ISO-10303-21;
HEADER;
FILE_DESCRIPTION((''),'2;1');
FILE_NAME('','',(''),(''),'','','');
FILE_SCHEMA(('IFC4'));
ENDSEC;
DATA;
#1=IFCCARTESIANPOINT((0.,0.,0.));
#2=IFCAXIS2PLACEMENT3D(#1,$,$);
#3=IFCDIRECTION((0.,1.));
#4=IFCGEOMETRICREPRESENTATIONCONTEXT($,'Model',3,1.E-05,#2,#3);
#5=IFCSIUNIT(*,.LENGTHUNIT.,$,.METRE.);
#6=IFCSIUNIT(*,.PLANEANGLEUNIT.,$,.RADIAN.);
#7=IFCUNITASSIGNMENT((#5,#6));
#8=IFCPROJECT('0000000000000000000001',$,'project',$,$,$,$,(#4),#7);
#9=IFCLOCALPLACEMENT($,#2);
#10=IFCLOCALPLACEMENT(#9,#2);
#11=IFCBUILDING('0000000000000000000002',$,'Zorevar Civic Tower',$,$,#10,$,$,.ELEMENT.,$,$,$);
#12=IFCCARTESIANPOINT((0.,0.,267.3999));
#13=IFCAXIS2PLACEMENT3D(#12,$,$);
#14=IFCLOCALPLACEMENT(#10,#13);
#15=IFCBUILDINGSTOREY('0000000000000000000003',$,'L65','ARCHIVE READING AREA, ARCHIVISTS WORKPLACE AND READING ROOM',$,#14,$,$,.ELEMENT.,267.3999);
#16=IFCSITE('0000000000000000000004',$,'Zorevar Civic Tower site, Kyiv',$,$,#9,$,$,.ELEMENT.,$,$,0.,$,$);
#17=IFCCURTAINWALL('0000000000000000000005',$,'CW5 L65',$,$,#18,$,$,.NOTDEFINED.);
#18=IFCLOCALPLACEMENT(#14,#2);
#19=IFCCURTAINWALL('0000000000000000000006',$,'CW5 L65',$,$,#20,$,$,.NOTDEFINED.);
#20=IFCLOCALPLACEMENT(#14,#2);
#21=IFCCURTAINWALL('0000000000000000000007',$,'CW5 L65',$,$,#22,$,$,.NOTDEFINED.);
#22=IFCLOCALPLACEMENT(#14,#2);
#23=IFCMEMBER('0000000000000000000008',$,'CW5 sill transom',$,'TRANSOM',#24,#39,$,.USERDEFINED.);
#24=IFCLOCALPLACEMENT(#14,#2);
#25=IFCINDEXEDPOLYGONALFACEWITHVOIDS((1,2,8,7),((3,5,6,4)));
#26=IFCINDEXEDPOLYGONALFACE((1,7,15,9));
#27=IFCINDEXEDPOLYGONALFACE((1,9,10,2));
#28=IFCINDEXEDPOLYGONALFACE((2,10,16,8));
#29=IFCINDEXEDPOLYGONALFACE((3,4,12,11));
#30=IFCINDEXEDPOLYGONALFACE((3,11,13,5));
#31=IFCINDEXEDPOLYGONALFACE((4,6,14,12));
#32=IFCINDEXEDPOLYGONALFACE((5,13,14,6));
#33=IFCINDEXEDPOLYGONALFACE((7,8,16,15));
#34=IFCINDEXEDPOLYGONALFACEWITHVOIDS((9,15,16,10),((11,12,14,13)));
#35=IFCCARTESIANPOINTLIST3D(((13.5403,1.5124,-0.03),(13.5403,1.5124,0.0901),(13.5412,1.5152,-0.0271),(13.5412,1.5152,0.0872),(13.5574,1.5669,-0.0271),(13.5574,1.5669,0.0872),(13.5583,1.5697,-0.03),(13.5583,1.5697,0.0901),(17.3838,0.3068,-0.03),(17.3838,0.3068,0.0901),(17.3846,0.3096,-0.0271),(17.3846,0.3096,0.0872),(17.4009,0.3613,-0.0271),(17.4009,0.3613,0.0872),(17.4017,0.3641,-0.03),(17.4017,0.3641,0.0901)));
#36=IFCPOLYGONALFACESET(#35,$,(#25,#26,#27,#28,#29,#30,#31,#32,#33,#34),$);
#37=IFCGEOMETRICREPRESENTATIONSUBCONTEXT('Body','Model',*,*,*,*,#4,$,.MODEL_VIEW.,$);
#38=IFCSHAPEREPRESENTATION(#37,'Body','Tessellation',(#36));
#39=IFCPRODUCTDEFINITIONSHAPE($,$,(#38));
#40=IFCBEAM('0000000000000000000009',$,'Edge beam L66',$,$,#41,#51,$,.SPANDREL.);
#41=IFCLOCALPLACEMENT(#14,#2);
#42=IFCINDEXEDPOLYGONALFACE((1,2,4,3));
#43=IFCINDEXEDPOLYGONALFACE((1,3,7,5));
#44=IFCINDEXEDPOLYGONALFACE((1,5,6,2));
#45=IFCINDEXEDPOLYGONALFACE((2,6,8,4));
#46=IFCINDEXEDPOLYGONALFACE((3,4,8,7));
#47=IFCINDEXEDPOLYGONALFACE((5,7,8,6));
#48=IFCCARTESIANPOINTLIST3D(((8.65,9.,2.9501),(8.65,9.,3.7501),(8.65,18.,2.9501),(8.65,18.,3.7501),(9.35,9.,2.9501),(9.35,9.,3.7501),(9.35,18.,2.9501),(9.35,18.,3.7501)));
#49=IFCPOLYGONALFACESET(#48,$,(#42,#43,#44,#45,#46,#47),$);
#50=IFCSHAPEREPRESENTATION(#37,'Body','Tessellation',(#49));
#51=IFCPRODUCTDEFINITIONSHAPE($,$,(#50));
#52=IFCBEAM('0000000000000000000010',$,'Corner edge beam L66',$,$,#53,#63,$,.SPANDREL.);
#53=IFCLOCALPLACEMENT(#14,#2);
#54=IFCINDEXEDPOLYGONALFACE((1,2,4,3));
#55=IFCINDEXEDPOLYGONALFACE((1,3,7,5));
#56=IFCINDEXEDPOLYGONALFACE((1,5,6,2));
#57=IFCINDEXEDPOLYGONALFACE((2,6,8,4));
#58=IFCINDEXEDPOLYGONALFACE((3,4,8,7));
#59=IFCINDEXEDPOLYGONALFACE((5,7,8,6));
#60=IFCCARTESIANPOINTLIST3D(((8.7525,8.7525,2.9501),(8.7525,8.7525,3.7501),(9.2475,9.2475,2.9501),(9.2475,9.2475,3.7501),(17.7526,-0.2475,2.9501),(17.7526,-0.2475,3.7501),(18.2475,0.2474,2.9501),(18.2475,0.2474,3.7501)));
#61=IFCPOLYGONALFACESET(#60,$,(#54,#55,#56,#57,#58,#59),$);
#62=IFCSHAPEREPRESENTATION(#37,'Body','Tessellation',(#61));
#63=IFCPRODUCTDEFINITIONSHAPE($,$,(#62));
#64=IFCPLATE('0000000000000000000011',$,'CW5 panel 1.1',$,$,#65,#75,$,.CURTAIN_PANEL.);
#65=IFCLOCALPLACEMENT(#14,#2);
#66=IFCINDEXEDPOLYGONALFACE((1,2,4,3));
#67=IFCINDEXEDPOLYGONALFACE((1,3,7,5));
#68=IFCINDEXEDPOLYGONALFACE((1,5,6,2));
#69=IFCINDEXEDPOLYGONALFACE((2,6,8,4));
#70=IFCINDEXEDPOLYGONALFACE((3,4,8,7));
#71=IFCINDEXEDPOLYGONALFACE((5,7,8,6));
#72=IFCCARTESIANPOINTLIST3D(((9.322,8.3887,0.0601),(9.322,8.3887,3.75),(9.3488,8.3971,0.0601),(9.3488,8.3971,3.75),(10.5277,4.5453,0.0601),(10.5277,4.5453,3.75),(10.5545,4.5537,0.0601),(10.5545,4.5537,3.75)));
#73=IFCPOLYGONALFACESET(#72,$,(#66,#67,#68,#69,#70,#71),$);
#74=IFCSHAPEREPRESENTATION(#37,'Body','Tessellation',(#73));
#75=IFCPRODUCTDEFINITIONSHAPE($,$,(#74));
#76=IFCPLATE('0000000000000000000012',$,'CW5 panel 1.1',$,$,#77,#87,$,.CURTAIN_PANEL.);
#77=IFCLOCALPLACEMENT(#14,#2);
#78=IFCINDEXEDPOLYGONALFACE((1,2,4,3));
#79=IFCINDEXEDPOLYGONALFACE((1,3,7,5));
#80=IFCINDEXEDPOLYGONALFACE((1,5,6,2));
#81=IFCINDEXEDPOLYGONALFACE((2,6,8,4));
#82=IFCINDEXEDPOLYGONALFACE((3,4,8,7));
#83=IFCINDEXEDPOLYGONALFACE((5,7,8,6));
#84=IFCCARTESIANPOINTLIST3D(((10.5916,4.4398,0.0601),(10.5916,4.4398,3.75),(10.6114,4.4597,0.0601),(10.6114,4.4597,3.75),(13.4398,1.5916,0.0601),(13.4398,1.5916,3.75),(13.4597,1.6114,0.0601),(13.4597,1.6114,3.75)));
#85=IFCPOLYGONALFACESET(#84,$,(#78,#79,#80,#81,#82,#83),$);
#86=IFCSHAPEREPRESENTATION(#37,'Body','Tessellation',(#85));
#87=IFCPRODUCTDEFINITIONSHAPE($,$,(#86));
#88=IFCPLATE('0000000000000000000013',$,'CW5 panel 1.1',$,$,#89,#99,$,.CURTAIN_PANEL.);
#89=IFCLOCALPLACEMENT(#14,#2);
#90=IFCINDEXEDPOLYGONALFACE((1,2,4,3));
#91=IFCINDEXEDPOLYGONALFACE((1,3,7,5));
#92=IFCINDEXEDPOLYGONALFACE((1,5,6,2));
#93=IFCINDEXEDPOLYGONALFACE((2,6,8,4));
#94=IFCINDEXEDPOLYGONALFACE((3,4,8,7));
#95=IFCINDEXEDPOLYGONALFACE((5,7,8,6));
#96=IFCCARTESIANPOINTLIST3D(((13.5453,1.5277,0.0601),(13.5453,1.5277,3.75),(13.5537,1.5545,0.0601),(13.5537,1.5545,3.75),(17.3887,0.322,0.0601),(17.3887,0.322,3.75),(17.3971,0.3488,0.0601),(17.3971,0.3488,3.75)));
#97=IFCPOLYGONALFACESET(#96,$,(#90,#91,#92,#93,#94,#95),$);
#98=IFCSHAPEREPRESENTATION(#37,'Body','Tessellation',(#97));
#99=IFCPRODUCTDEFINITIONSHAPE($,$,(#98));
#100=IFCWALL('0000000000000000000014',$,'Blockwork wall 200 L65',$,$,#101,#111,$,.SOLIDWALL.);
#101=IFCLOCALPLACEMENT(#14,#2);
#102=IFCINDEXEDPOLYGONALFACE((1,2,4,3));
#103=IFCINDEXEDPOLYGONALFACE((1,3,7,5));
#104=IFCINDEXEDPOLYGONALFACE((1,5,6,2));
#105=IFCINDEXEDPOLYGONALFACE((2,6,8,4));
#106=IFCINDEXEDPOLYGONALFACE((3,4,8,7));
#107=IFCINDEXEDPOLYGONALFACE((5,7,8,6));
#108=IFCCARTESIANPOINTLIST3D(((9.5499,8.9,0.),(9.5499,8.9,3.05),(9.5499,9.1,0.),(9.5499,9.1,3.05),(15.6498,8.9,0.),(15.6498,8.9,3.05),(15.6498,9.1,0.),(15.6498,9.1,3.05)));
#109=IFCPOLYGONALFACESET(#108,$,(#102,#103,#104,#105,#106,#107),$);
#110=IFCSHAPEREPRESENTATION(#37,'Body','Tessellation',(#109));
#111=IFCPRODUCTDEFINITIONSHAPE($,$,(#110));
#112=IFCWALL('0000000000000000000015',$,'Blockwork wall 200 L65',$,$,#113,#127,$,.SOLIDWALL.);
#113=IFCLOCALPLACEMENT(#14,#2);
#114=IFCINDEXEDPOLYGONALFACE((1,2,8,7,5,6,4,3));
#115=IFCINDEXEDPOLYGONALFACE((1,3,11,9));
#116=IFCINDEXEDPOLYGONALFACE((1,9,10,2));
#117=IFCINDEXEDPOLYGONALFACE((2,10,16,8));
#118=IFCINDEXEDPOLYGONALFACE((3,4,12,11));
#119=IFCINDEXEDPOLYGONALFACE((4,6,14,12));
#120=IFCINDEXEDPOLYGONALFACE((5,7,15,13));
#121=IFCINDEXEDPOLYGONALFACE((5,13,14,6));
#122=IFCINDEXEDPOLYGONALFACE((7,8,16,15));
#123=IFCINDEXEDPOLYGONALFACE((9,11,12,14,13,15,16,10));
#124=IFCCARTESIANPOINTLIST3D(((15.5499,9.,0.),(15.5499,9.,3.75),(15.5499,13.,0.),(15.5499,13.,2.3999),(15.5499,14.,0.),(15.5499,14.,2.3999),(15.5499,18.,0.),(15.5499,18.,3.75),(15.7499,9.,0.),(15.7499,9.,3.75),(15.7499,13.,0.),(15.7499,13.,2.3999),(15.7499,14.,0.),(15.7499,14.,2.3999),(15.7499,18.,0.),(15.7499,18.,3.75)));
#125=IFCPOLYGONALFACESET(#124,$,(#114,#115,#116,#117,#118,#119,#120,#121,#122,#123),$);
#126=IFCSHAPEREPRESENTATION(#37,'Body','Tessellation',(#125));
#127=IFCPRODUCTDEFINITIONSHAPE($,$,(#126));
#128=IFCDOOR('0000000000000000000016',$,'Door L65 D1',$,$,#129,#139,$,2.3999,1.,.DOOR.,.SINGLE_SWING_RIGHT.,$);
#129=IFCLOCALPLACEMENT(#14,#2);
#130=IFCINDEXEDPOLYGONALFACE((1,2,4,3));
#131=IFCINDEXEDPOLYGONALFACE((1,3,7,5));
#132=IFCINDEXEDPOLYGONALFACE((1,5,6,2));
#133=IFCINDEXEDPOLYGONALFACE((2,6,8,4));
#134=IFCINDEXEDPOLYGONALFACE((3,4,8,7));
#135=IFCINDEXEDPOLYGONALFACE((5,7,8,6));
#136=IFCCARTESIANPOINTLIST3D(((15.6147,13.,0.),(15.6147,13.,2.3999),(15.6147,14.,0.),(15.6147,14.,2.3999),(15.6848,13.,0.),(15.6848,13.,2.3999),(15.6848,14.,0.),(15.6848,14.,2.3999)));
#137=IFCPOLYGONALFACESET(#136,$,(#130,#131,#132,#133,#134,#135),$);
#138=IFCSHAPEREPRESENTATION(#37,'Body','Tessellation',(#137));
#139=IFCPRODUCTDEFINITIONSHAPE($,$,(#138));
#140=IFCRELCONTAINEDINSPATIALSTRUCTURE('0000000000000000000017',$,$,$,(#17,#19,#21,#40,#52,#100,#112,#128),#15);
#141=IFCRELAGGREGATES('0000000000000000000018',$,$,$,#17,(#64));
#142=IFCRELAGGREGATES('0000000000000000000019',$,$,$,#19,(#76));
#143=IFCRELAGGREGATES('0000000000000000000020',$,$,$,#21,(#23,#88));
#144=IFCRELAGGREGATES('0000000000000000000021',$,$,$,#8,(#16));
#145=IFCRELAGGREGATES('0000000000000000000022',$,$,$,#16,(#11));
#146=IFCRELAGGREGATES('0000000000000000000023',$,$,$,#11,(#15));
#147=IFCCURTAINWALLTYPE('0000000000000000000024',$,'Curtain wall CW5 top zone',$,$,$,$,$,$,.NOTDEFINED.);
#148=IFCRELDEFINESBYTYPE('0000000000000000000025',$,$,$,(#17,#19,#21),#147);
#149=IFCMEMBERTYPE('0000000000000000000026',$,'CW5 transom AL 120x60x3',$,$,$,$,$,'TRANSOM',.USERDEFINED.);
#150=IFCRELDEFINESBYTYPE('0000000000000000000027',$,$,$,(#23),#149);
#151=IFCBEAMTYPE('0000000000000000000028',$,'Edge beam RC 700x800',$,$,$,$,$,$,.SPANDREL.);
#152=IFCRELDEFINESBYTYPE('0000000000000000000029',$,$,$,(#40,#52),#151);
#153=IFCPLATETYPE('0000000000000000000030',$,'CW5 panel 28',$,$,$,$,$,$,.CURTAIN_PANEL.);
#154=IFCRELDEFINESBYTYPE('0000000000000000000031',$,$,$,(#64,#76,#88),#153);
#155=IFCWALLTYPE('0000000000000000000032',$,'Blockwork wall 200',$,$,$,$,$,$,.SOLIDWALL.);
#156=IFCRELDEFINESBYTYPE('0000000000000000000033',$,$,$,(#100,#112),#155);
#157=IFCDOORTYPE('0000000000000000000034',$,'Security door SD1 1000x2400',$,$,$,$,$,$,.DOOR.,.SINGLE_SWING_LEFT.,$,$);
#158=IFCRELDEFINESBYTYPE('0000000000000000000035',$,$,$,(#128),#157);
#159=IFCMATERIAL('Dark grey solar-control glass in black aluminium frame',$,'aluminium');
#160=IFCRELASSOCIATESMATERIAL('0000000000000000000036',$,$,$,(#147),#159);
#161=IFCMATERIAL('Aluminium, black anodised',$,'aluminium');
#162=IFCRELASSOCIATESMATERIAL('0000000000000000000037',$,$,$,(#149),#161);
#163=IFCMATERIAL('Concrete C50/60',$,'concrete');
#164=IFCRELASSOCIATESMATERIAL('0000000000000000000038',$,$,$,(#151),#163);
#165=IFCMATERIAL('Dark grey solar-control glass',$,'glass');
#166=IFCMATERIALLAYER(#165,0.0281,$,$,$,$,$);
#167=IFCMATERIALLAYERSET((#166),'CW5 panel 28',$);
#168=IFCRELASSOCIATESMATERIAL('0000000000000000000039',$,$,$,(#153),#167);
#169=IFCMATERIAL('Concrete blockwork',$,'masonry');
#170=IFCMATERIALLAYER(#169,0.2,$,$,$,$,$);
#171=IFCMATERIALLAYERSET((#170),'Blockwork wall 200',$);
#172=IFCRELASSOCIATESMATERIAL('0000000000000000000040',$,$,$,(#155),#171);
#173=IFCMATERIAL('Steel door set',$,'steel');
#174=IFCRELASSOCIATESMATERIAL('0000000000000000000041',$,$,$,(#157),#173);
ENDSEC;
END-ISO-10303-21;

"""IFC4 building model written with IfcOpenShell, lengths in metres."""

from ifc_helpers import new_model, si_unit, direction, frame, frame_2d, origin, origin_2d, place, context, subcontext, project, spatial, rectangle, hollow_rectangle, extrude, material, layer, layer_set, material_profile, profile_set, type_object, element, fill, aggregate, save


model = new_model("IFC4")

# Units and contexts
model_context = context("Model", 3, precision=1e-05, world=origin(), true_north=direction((0.0, 1.0)))
body_context = subcontext(model_context, "Body", "Model", "MODEL_VIEW")
ifc_project = project(units=[si_unit("LENGTHUNIT", "METRE"), si_unit("PLANEANGLEUNIT", "RADIAN")], contexts=[model_context])

# Site, building, storey
site_placement = place(None, origin())
site = spatial("IfcSite", under=ifc_project, at=site_placement, Name="Zorevar Civic Tower site, Kyiv", CompositionType="ELEMENT", RefElevation=0.0)
building_placement = place(site_placement, origin())
building = spatial("IfcBuilding", under=site, at=building_placement, Name="Zorevar Civic Tower", CompositionType="ELEMENT")
storey_placement = place(building_placement, frame((0.0, 0.0, 267.3999)))
storey = spatial("IfcBuildingStorey", under=building, at=storey_placement, Name="L65", Description="ARCHIVE READING AREA, ARCHIVISTS WORKPLACE AND READING ROOM", CompositionType="ELEMENT", Elevation=267.3999)

# Shared definitions
ifc_material_1 = material(Name="Dark grey solar-control glass in black aluminium frame", Category="aluminium")
curtain_wall_type = type_object("IfcCurtainWallType", Name="Curtain wall CW5 top zone", PredefinedType="NOTDEFINED", material=ifc_material_1)

# Curtain walls
curtain_wall_1_placement = place(storey_placement, origin())
curtain_wall_1 = element("IfcCurtainWall", 1, at=curtain_wall_1_placement, inside=storey, type_object=curtain_wall_type, Name="CW5 L65", PredefinedType="NOTDEFINED")
curtain_wall_2_placement = place(storey_placement, origin())
curtain_wall_2 = element("IfcCurtainWall", 2, at=curtain_wall_2_placement, inside=storey, type_object=curtain_wall_type, Name="CW5 L65", PredefinedType="NOTDEFINED")
curtain_wall_3_placement = place(storey_placement, origin())
curtain_wall_3 = element("IfcCurtainWall", 3, at=curtain_wall_3_placement, inside=storey, type_object=curtain_wall_type, Name="CW5 L65", PredefinedType="NOTDEFINED")

# Member
ifc_material_2 = material(Name="Aluminium, black anodised", Category="aluminium")
ifc_material_profile_1 = material_profile(ifc_material_2, hollow_rectangle(XDim=0.0601, YDim=0.1201, WallThickness=0.0029, at=origin_2d()), Name="AL 120x60x3")
ifc_profile_set_1 = profile_set([ifc_material_profile_1], Name="Aluminium, black anodised")
member_type_1 = type_object("IfcMemberType", Name="CW5 transom AL 120x60x3", ElementType="TRANSOM", PredefinedType="USERDEFINED", material=ifc_profile_set_1)
member_1_placement = place(storey_placement, frame((13.5493, 1.541, 0.03), z_axis=(0.954163, -0.299286, 0.0), x_axis=(0.299286, 0.954163, 0.0)))
member_1 = element("IfcMember", 4, at=member_1_placement, type_object=member_type_1, Name="CW5 sill transom", ObjectType="TRANSOM", PredefinedType="USERDEFINED", context=body_context, shape_type="SweptSolid", body=[
    extrude(hollow_rectangle(XDim=0.0601, YDim=0.1201, WallThickness=0.0029, at=origin_2d()), origin(), (0.0, 0.0, 1.0), 4.0281),
])

# Beams
ifc_material_3 = material(Name="Concrete C50/60", Category="concrete")
ifc_material_profile_2 = material_profile(ifc_material_3, rectangle(XDim=0.7, YDim=0.8, at=origin_2d()), Name="RC 700x800")
ifc_profile_set_2 = profile_set([ifc_material_profile_2], Name="Concrete C50/60")
beam_type = type_object("IfcBeamType", Name="Edge beam RC 700x800", PredefinedType="SPANDREL", material=ifc_profile_set_2)
beam_1_placement = place(storey_placement, frame((9.0, 9.0, 3.3501), z_axis=(0.0, 1.0, 0.0), x_axis=(-1.0, 0.0, 0.0)))
element("IfcBeam", 5, at=beam_1_placement, inside=storey, type_object=beam_type, Name="Edge beam L66", PredefinedType="SPANDREL", context=body_context, shape_type="SweptSolid", body=[
    extrude(rectangle(XDim=0.7, YDim=0.8, at=origin_2d()), origin(), (0.0, 0.0, 1.0), 9.0),
])
beam_2_placement = place(storey_placement, frame((9.0, 9.0, 3.3501), z_axis=(0.707107, -0.707107, 0.0), x_axis=(0.707107, 0.707107, 0.0)))
element("IfcBeam", 6, at=beam_2_placement, inside=storey, type_object=beam_type, Name="Corner edge beam L66", PredefinedType="SPANDREL", context=body_context, shape_type="SweptSolid", body=[
    extrude(rectangle(XDim=0.7, YDim=0.8, at=origin_2d()), origin(), (0.0, 0.0, 1.0), 12.728),
])

# Plates
ifc_material_4 = material(Name="Dark grey solar-control glass", Category="glass")
ifc_layer_1 = layer(ifc_material_4, 0.0281)
ifc_layer_set_1 = layer_set([ifc_layer_1], Name="CW5 panel 28")
plate_type = type_object("IfcPlateType", Name="CW5 panel 28", PredefinedType="CURTAIN_PANEL", material=ifc_layer_set_1)
plate_1_placement = place(storey_placement, frame((9.9382, 6.4712, 0.0601), z_axis=(0.0, 0.0, 1.0), x_axis=(0.299318, -0.954153, 0.0)))
plate_1 = element("IfcPlate", 7, at=plate_1_placement, type_object=plate_type, Name="CW5 panel 1.1", PredefinedType="CURTAIN_PANEL", context=body_context, shape_type="SweptSolid", body=[
    extrude(rectangle(XDim=4.0281, YDim=0.0281, at=origin_2d()), origin(), (0.0, 0.0, 1.0), 3.6899),
])
aggregate(curtain_wall_1, [plate_1])
plate_2_placement = place(storey_placement, frame((12.0256, 3.0256, 0.0601), z_axis=(0.0, 0.0, 1.0), x_axis=(0.707107, -0.707107, 0.0)))
plate_2 = element("IfcPlate", 8, at=plate_2_placement, type_object=plate_type, Name="CW5 panel 1.1", PredefinedType="CURTAIN_PANEL", context=body_context, shape_type="SweptSolid", body=[
    extrude(rectangle(XDim=4.0281, YDim=0.0281, at=origin_2d()), origin(), (0.0, 0.0, 1.0), 3.6899),
])
aggregate(curtain_wall_2, [plate_2])
plate_3_placement = place(storey_placement, frame((15.4712, 0.9382, 0.0601), z_axis=(0.0, 0.0, 1.0), x_axis=(0.954153, -0.299318, 0.0)))
plate_3 = element("IfcPlate", 9, at=plate_3_placement, type_object=plate_type, Name="CW5 panel 1.1", PredefinedType="CURTAIN_PANEL", context=body_context, shape_type="SweptSolid", body=[
    extrude(rectangle(XDim=4.0281, YDim=0.0281, at=origin_2d()), origin(), (0.0, 0.0, 1.0), 3.6899),
])
aggregate(curtain_wall_3, [member_1, plate_3])

# Wall
ifc_material_5 = material(Name="Concrete blockwork", Category="masonry")
ifc_layer_2 = layer(ifc_material_5, 0.2)
ifc_layer_set_2 = layer_set([ifc_layer_2], Name="Blockwork wall 200")
wall_type = type_object("IfcWallType", Name="Blockwork wall 200", PredefinedType="SOLIDWALL", material=ifc_layer_set_2)
wall_1_placement = place(storey_placement, frame((9.55, 9.0, 0.0), z_axis=(0.0, 0.0, 1.0), x_axis=(1.0, 0.0, 0.0)))
element("IfcWall", 10, at=wall_1_placement, inside=storey, type_object=wall_type, Name="Blockwork wall 200 L65", PredefinedType="SOLIDWALL", context=body_context, shape_type="SweptSolid", body=[
    extrude(rectangle(XDim=6.0999, YDim=0.2, at=frame_2d((3.0498, 0.0))), origin(), (0.0, 0.0, 1.0), 3.05),
])

# Wall, opening, door
wall_2_placement = place(storey_placement, frame((15.6499, 9.0, 0.0), z_axis=(0.0, 0.0, 1.0), x_axis=(0.0, 1.0, 0.0)))
wall_2 = element("IfcWall", 11, at=wall_2_placement, inside=storey, type_object=wall_type, Name="Blockwork wall 200 L65", PredefinedType="SOLIDWALL", context=body_context, shape_type="SweptSolid", body=[
    extrude(rectangle(XDim=9.0, YDim=0.2, at=frame_2d((4.5, 0.0))), origin(), (0.0, 0.0, 1.0), 3.75),
])
opening_placement = place(wall_2_placement, frame((4.0, 0.0, 0.0)))
opening = element("IfcOpeningElement", 12, at=opening_placement, cuts=wall_2, PredefinedType="OPENING", context=body_context, shape_type="SweptSolid", body=[
    extrude(rectangle(XDim=1.0, YDim=2.3999, at=frame_2d((0.5, 1.2))), frame((0.0, 0.1099, 0.0), z_axis=(0.0, -1.0, 0.0), x_axis=(1.0, 0.0, 0.0)), (0.0, 0.0, 1.0), 0.22),
])
ifc_material_6 = material(Name="Steel door set", Category="steel")
door_type = type_object("IfcDoorType", Name="Security door SD1 1000x2400", OperationType="SINGLE_SWING_LEFT", PredefinedType="DOOR", material=ifc_material_6)
door_placement = place(opening_placement, origin())
door = element("IfcDoor", 13, at=door_placement, inside=storey, type_object=door_type, Name="Door L65 D1", OperationType="SINGLE_SWING_RIGHT", OverallHeight=2.3999, OverallWidth=1.0, PredefinedType="DOOR", context=body_context, shape_type="SweptSolid", body=[
    extrude(rectangle(XDim=1.0, YDim=2.3999, at=frame_2d((0.5, 1.2))), frame((0.0, 0.0352, 0.0), z_axis=(0.0, -1.0, 0.0), x_axis=(1.0, 0.0, 0.0)), (0.0, 0.0, 1.0), 0.0701),
])
fill(opening, door)

save(model, "model.ifc")
